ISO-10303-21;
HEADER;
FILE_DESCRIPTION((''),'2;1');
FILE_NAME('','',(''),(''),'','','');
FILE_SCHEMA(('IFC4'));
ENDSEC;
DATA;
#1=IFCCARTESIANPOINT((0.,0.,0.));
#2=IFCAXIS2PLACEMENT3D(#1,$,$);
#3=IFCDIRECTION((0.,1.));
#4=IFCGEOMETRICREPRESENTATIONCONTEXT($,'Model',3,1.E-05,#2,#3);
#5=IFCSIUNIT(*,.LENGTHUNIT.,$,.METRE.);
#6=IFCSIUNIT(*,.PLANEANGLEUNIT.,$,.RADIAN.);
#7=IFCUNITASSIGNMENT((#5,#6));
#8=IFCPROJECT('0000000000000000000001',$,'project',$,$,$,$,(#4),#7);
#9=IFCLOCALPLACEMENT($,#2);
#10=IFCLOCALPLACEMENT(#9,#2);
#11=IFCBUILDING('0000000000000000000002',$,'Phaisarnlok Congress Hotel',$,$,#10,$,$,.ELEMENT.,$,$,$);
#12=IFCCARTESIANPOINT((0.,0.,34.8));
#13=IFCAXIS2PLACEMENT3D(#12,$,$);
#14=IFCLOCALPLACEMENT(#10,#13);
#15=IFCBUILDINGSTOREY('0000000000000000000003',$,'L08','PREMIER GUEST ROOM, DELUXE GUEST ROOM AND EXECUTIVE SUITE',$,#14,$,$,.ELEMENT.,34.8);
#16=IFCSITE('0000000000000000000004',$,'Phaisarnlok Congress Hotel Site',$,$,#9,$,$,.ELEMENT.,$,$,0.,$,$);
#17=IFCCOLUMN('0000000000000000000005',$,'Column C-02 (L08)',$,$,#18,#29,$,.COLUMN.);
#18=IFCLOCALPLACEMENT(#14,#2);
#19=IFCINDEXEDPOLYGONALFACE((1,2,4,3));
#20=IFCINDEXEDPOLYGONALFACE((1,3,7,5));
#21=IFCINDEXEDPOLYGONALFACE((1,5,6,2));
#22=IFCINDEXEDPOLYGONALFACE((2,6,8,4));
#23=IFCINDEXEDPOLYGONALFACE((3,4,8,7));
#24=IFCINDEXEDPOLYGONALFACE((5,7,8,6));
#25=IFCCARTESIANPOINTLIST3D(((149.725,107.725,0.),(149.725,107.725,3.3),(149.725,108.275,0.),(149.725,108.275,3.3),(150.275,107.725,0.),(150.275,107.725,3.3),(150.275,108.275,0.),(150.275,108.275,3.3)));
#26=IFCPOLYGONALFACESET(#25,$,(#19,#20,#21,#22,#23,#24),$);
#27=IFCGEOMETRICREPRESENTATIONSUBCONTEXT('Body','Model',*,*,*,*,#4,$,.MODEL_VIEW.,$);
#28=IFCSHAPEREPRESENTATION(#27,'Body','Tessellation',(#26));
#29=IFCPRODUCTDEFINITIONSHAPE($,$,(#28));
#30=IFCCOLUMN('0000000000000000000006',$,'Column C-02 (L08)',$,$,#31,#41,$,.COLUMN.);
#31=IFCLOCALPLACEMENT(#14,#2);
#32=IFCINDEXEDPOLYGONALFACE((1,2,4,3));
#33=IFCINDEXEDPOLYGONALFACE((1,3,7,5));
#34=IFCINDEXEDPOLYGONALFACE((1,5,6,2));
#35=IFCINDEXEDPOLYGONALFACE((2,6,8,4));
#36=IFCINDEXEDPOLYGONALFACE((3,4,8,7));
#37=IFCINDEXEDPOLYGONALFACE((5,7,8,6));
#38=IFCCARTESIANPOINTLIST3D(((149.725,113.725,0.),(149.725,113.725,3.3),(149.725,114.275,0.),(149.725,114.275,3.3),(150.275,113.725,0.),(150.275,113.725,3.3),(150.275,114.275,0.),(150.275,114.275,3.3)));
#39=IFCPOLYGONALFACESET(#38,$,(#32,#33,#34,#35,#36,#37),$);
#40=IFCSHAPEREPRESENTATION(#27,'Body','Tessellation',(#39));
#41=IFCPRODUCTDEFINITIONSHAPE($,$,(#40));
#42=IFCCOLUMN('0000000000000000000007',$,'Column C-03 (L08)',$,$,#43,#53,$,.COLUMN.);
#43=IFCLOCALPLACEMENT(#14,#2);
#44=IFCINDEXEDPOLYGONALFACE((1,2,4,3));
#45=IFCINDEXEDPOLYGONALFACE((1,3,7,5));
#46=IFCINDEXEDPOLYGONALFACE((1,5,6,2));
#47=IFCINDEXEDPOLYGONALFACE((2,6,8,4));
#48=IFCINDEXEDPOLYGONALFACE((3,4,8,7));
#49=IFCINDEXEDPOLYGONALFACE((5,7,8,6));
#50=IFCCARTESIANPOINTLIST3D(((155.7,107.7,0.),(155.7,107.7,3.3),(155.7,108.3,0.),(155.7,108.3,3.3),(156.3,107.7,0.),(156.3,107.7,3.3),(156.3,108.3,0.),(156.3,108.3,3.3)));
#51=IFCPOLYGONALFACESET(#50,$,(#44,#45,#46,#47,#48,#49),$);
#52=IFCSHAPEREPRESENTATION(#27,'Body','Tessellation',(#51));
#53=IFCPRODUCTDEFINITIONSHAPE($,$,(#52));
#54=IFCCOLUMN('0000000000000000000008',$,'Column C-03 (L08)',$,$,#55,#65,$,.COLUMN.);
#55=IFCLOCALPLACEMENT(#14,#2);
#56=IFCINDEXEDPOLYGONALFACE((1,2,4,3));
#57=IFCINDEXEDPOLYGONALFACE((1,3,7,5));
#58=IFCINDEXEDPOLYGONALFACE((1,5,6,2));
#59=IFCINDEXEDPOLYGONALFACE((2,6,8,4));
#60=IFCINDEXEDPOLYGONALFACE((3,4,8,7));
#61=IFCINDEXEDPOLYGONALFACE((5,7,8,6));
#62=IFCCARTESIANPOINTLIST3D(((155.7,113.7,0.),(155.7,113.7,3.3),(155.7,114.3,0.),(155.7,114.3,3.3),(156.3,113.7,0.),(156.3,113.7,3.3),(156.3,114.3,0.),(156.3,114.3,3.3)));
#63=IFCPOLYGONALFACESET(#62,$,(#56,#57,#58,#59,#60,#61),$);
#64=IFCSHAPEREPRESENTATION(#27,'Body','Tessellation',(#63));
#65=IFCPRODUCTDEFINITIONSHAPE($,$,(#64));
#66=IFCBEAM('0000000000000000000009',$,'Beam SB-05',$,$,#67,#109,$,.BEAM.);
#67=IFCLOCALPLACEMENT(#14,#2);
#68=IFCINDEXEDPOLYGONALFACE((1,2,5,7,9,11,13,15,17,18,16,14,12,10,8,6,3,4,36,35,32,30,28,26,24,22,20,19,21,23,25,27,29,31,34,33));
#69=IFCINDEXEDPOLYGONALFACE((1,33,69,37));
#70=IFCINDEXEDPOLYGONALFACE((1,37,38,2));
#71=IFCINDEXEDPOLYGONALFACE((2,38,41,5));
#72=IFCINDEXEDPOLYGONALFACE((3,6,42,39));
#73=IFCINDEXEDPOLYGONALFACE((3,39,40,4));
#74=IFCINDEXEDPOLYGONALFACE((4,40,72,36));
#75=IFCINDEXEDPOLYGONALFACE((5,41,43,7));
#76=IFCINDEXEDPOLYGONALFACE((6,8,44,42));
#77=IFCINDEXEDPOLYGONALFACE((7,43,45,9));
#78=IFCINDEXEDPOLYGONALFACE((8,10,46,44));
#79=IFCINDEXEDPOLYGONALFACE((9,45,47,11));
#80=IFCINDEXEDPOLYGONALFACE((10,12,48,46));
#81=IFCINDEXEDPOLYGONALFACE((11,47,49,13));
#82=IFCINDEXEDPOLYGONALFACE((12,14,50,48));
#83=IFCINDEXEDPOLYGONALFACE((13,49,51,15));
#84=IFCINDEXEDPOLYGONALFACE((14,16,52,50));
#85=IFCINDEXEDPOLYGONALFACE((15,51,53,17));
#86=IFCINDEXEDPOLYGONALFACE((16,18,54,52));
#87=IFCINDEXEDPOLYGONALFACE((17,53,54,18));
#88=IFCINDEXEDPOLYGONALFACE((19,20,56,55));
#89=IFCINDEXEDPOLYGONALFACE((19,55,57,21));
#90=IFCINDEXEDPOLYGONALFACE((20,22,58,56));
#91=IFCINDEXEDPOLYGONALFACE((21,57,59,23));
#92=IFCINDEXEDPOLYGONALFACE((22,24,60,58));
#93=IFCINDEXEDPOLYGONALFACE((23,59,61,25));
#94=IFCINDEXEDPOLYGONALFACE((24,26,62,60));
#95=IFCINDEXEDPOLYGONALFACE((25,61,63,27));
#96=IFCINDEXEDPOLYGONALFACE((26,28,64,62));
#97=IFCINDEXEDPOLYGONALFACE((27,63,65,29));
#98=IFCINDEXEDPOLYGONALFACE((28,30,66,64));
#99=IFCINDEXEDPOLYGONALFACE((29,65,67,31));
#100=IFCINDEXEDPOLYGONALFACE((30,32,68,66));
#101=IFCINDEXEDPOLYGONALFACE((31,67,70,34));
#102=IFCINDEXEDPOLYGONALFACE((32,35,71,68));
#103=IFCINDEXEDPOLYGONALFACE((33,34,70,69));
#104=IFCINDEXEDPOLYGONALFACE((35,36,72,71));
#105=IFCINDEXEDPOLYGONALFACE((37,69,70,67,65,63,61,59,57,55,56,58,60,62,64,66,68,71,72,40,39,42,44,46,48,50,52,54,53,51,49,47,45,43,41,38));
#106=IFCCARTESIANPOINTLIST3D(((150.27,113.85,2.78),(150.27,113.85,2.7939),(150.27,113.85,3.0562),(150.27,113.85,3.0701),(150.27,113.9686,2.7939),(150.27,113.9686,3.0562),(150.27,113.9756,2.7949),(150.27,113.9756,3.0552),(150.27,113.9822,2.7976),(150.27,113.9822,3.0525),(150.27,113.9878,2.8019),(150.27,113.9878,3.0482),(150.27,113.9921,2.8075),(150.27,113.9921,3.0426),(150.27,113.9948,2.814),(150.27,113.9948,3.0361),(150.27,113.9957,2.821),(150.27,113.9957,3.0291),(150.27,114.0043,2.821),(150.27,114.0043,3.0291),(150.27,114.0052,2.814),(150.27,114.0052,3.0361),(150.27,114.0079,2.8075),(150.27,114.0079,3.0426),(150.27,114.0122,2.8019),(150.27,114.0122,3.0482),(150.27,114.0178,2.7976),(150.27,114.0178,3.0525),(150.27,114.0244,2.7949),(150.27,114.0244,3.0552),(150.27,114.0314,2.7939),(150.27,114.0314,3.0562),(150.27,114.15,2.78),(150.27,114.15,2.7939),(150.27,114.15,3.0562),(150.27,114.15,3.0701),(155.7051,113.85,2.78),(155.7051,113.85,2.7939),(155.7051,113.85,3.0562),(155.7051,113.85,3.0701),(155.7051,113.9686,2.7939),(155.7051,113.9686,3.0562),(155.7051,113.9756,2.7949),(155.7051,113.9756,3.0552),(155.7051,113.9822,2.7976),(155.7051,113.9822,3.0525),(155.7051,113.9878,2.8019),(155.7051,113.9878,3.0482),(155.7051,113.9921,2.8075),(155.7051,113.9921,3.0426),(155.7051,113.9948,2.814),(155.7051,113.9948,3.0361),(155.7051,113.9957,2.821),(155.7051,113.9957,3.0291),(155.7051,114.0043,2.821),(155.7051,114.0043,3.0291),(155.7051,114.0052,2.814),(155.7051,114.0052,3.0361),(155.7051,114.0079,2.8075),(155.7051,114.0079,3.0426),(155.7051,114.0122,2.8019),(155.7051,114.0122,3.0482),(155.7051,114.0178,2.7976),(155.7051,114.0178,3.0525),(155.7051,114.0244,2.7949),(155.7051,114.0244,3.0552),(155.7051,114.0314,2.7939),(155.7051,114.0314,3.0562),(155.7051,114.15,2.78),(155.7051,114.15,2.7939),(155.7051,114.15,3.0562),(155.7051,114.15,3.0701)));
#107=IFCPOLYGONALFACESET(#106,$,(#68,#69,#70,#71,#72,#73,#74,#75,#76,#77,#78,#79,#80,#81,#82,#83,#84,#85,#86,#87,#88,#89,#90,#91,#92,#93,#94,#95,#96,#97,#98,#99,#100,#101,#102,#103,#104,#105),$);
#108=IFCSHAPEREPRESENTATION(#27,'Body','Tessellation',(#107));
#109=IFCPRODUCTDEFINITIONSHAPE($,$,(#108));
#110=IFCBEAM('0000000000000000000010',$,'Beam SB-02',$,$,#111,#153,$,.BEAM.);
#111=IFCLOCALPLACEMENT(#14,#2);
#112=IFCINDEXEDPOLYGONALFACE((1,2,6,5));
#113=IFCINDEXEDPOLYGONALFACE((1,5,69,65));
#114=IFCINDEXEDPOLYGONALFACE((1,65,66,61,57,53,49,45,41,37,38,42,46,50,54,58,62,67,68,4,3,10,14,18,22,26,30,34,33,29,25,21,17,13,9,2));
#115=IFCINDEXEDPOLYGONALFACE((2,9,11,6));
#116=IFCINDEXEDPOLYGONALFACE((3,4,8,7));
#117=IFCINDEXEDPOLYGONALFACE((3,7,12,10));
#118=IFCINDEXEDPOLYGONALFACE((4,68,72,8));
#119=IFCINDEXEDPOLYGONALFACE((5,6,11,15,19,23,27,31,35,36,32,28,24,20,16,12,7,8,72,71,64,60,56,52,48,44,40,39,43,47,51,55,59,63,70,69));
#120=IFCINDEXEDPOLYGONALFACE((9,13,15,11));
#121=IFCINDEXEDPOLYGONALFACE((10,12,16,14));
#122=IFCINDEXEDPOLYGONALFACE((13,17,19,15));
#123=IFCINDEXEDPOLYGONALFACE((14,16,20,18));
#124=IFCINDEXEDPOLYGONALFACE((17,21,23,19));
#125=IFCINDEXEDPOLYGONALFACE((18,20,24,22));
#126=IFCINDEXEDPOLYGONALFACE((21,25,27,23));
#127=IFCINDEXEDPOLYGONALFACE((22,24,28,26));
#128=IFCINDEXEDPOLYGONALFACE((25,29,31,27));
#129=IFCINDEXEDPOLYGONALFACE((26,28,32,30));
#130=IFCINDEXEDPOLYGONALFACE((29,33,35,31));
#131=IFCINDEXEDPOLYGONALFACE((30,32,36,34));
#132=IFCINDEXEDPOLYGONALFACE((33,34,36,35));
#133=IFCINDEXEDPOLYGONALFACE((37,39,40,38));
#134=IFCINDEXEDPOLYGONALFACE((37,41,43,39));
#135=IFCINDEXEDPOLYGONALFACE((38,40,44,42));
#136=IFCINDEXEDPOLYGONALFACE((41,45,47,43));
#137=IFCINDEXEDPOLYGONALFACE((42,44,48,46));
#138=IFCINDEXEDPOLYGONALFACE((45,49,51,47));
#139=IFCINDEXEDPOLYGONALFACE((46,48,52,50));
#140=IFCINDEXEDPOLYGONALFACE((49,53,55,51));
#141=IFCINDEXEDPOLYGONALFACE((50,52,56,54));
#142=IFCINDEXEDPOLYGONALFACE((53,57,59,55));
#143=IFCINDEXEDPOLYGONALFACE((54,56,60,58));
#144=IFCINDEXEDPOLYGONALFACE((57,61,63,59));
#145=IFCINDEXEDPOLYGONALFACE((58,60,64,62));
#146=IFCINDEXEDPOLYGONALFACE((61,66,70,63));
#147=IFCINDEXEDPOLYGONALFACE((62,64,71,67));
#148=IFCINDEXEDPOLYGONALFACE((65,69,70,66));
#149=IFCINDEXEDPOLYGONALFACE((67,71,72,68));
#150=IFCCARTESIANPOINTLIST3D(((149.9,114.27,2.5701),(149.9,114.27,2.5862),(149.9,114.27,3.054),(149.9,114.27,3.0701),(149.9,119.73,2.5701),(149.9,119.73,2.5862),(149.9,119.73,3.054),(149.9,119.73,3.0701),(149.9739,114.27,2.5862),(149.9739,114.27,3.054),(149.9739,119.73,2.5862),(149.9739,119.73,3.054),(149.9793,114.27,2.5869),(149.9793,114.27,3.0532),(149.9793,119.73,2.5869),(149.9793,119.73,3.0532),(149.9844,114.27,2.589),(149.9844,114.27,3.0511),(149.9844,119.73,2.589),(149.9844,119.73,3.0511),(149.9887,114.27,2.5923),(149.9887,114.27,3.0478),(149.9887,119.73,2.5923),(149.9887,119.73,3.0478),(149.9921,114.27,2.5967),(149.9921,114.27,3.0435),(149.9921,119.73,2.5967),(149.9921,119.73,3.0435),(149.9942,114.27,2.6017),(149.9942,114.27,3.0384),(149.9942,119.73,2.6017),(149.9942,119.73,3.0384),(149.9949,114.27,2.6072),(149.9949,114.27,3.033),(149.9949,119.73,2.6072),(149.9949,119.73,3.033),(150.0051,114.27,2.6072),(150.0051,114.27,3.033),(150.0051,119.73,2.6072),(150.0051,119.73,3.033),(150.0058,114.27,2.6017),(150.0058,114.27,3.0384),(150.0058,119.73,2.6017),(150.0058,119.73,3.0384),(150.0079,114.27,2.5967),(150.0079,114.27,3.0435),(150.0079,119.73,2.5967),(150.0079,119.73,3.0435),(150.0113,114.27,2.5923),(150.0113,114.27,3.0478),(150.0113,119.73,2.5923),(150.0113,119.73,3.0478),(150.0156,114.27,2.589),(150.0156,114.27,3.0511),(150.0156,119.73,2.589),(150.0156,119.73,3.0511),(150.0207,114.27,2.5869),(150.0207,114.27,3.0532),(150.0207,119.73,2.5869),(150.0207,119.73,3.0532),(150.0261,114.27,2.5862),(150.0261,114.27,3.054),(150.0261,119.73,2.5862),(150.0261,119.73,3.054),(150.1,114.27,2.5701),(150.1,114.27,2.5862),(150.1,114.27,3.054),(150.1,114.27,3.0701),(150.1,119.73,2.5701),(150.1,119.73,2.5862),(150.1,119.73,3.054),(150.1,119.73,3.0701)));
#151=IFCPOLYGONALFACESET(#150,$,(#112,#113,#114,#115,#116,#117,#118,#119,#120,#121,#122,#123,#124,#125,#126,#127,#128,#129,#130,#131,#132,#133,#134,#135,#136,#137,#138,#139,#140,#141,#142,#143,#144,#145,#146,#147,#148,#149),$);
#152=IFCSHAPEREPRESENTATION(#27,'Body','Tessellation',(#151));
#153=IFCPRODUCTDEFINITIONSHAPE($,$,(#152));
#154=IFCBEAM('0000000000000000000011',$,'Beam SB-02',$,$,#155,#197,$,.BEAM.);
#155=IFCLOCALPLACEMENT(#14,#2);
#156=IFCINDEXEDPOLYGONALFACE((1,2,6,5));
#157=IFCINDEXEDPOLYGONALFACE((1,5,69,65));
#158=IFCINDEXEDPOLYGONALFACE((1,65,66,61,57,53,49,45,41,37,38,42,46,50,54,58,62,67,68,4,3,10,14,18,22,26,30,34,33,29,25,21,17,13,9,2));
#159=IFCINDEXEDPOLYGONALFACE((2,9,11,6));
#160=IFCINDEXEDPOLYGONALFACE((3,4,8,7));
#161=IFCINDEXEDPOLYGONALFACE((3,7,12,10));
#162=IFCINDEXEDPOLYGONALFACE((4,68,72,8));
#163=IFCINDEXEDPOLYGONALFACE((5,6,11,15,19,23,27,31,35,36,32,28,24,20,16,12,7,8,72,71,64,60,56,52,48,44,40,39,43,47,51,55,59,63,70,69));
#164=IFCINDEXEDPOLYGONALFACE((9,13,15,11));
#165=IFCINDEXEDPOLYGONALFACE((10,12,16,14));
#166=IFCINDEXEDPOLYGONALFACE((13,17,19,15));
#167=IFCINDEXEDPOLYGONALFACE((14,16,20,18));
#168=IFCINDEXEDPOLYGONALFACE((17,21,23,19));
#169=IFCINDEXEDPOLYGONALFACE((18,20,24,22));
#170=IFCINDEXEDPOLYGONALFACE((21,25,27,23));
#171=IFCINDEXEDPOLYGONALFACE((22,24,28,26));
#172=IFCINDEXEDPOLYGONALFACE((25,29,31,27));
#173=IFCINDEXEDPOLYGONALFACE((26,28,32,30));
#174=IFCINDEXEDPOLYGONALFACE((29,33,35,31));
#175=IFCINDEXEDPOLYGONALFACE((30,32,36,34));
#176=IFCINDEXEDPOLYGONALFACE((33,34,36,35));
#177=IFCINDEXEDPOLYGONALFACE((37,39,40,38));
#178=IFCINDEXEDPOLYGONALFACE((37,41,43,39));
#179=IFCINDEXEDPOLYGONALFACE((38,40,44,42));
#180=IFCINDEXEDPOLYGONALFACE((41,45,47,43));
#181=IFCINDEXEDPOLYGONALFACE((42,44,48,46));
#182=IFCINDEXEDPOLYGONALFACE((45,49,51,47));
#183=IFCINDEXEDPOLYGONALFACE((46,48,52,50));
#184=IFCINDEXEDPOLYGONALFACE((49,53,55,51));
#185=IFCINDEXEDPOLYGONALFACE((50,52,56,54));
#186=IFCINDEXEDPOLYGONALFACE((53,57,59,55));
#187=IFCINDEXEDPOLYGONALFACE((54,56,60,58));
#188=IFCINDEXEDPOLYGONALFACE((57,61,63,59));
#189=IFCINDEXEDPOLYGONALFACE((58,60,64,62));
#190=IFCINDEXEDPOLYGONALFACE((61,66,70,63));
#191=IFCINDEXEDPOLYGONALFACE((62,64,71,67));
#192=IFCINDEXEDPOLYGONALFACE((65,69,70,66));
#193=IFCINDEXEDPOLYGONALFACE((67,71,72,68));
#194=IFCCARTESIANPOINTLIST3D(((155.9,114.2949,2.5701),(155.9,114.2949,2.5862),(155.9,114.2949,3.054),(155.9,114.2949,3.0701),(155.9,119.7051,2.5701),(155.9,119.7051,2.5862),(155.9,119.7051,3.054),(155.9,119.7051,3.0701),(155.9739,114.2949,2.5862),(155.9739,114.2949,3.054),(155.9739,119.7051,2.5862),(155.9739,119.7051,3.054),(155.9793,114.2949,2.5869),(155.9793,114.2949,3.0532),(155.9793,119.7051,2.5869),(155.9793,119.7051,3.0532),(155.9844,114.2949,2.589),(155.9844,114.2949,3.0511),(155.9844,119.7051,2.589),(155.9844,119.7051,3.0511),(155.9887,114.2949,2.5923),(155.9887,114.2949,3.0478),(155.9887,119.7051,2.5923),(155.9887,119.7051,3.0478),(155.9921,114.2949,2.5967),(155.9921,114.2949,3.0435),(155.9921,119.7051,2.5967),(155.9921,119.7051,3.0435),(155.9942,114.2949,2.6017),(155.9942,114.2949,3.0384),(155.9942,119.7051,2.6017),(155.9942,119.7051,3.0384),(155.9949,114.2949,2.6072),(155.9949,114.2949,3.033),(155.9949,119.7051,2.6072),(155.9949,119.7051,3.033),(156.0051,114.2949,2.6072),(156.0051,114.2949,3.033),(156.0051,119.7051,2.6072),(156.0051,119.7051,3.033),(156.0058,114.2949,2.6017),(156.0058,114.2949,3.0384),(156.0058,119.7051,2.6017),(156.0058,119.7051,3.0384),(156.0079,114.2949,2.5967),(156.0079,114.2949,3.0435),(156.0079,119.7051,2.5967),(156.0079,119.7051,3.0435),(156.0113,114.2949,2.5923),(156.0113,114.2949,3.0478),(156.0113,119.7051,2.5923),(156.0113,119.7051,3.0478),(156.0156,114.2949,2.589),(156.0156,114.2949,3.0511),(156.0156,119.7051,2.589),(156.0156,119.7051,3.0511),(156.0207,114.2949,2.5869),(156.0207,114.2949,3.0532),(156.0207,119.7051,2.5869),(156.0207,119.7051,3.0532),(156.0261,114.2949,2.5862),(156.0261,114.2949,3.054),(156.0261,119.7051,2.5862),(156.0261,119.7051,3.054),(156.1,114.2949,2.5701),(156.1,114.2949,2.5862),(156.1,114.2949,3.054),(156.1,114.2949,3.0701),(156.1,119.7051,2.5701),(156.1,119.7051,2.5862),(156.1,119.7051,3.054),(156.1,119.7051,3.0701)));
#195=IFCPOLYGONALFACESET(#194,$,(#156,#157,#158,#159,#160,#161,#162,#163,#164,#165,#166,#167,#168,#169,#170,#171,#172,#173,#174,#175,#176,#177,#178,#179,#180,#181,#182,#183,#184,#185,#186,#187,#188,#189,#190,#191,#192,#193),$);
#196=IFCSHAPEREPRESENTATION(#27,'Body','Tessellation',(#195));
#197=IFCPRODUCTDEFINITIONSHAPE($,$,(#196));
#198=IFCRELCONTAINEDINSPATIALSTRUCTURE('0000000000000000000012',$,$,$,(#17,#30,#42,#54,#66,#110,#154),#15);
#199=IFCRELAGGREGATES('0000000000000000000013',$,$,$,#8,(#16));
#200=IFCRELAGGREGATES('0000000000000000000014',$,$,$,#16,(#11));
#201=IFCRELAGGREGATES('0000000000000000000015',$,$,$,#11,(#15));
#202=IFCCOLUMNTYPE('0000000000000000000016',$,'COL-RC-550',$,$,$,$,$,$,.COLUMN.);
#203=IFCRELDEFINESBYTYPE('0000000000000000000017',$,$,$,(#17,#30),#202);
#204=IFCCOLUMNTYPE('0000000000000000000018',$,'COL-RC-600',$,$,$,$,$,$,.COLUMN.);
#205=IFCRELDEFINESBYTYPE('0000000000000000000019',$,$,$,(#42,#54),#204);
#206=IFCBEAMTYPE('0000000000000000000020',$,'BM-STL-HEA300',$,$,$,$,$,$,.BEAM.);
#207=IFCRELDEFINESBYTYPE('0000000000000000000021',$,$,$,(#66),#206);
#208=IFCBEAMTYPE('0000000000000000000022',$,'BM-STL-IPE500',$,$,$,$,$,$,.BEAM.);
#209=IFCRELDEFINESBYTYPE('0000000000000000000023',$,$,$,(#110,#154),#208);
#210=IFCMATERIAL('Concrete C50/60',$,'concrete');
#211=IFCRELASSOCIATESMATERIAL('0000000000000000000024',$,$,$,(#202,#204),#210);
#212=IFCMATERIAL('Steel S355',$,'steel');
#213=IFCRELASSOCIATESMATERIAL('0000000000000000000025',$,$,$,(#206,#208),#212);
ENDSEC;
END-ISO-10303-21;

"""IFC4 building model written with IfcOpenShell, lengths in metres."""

from ifc_helpers import new_model, si_unit, direction, frame, origin, origin_2d, place, context, subcontext, project, spatial, rectangle, i_section, extrude, material, material_profile, profile_set, type_object, element, save


model = new_model("IFC4")

# Units and contexts
model_context = context("Model", 3, precision=1e-05, world=origin(), true_north=direction((0.0, 1.0)))
body_context = subcontext(model_context, "Body", "Model", "MODEL_VIEW")
ifc_project = project(units=[si_unit("LENGTHUNIT", "METRE"), si_unit("PLANEANGLEUNIT", "RADIAN")], contexts=[model_context])

# Site, building, storey
site_placement = place(None, origin())
site = spatial("IfcSite", under=ifc_project, at=site_placement, Name="Phaisarnlok Congress Hotel Site", CompositionType="ELEMENT", RefElevation=0.0)
building_placement = place(site_placement, origin())
building = spatial("IfcBuilding", under=site, at=building_placement, Name="Phaisarnlok Congress Hotel", CompositionType="ELEMENT")
storey_placement = place(building_placement, frame((0.0, 0.0, 34.8)))
storey = spatial("IfcBuildingStorey", under=building, at=storey_placement, Name="L08", Description="PREMIER GUEST ROOM, DELUXE GUEST ROOM AND EXECUTIVE SUITE", CompositionType="ELEMENT", Elevation=34.8)

# Columns
ifc_material_1 = material(Name="Concrete C50/60", Category="concrete")
ifc_material_profile_1 = material_profile(ifc_material_1, rectangle(XDim=0.55, YDim=0.55, at=origin_2d()), Name="RC 550x550")
ifc_profile_set_1 = profile_set([ifc_material_profile_1], Name="Concrete C50/60")
column_type_1 = type_object("IfcColumnType", Name="COL-RC-550", PredefinedType="COLUMN", material=ifc_profile_set_1)
for number, where, z_axis, x_axis, name in (
    (1, (150.0, 108.0, 0.0), (0.0, 0.0, 1.0), (1.0, 0.0, 0.0), "Column C-02 (L08)"),
    (2, (150.0, 114.0, 0.0), (0.0, 0.0, 1.0), (1.0, 0.0, 0.0), "Column C-02 (L08)"),
):
    element("IfcColumn", number, at=place(storey_placement, frame(where, z_axis=z_axis, x_axis=x_axis)), inside=storey, type_object=column_type_1, Name=name, PredefinedType="COLUMN", context=body_context, shape_type="SweptSolid", body=[
        extrude(rectangle(XDim=0.55, YDim=0.55, at=origin_2d()), origin(), (0.0, 0.0, 1.0), 3.3),
    ])
ifc_material_profile_2 = material_profile(ifc_material_1, rectangle(XDim=0.6001, YDim=0.6001, at=origin_2d()), Name="RC 600x600")
ifc_profile_set_2 = profile_set([ifc_material_profile_2], Name="Concrete C50/60")
column_type_2 = type_object("IfcColumnType", Name="COL-RC-600", PredefinedType="COLUMN", material=ifc_profile_set_2)
for number, where, z_axis, x_axis, name in (
    (3, (156.0, 108.0, 0.0), (0.0, 0.0, 1.0), (1.0, 0.0, 0.0), "Column C-03 (L08)"),
    (4, (156.0, 114.0, 0.0), (0.0, 0.0, 1.0), (1.0, 0.0, 0.0), "Column C-03 (L08)"),
):
    element("IfcColumn", number, at=place(storey_placement, frame(where, z_axis=z_axis, x_axis=x_axis)), inside=storey, type_object=column_type_2, Name=name, PredefinedType="COLUMN", context=body_context, shape_type="SweptSolid", body=[
        extrude(rectangle(XDim=0.6001, YDim=0.6001, at=origin_2d()), origin(), (0.0, 0.0, 1.0), 3.3),
    ])

# Beams
ifc_material_2 = material(Name="Steel S355", Category="steel")
ifc_material_profile_3 = material_profile(ifc_material_2, i_section(OverallWidth=0.3, OverallDepth=0.29, WebThickness=0.0085, FlangeThickness=0.0139, FilletRadius=0.0271, at=origin_2d()), Name="HEA 300")
ifc_profile_set_3 = profile_set([ifc_material_profile_3], Name="Steel S355")
beam_type_1 = type_object("IfcBeamType", Name="BM-STL-HEA300", PredefinedType="BEAM", material=ifc_profile_set_3)
beam_1_placement = place(storey_placement, frame((150.27, 114.0, 2.925), z_axis=(1.0, 0.0, 0.0), x_axis=(0.0, 1.0, 0.0)))
element("IfcBeam", 5, at=beam_1_placement, inside=storey, type_object=beam_type_1, Name="Beam SB-05", PredefinedType="BEAM", context=body_context, shape_type="SweptSolid", body=[
    extrude(i_section(OverallWidth=0.3, OverallDepth=0.29, WebThickness=0.0085, FlangeThickness=0.0139, FilletRadius=0.0271, at=origin_2d()), origin(), (0.0, 0.0, 1.0), 5.4351),
])
ifc_material_profile_4 = material_profile(ifc_material_2, i_section(OverallWidth=0.2, OverallDepth=0.5, WebThickness=0.0103, FlangeThickness=0.0161, FilletRadius=0.021, at=origin_2d()), Name="IPE 500")
ifc_profile_set_4 = profile_set([ifc_material_profile_4], Name="Steel S355")
beam_type_2 = type_object("IfcBeamType", Name="BM-STL-IPE500", PredefinedType="BEAM", material=ifc_profile_set_4)
beam_2_placement = place(storey_placement, frame((150.0, 114.27, 2.8201), z_axis=(0.0, 1.0, 0.0), x_axis=(-1.0, 0.0, 0.0)))
element("IfcBeam", 6, at=beam_2_placement, inside=storey, type_object=beam_type_2, Name="Beam SB-02", PredefinedType="BEAM", context=body_context, shape_type="SweptSolid", body=[
    extrude(i_section(OverallWidth=0.2, OverallDepth=0.5, WebThickness=0.0103, FlangeThickness=0.0161, FilletRadius=0.021, at=origin_2d()), origin(), (0.0, 0.0, 1.0), 5.46),
])
beam_3_placement = place(storey_placement, frame((156.0, 114.2949, 2.8201), z_axis=(0.0, 1.0, 0.0), x_axis=(-1.0, 0.0, 0.0)))
element("IfcBeam", 7, at=beam_3_placement, inside=storey, type_object=beam_type_2, Name="Beam SB-02", PredefinedType="BEAM", context=body_context, shape_type="SweptSolid", body=[
    extrude(i_section(OverallWidth=0.2, OverallDepth=0.5, WebThickness=0.0103, FlangeThickness=0.0161, FilletRadius=0.021, at=origin_2d()), origin(), (0.0, 0.0, 1.0), 5.4102),
])

save(model, "model.ifc")
